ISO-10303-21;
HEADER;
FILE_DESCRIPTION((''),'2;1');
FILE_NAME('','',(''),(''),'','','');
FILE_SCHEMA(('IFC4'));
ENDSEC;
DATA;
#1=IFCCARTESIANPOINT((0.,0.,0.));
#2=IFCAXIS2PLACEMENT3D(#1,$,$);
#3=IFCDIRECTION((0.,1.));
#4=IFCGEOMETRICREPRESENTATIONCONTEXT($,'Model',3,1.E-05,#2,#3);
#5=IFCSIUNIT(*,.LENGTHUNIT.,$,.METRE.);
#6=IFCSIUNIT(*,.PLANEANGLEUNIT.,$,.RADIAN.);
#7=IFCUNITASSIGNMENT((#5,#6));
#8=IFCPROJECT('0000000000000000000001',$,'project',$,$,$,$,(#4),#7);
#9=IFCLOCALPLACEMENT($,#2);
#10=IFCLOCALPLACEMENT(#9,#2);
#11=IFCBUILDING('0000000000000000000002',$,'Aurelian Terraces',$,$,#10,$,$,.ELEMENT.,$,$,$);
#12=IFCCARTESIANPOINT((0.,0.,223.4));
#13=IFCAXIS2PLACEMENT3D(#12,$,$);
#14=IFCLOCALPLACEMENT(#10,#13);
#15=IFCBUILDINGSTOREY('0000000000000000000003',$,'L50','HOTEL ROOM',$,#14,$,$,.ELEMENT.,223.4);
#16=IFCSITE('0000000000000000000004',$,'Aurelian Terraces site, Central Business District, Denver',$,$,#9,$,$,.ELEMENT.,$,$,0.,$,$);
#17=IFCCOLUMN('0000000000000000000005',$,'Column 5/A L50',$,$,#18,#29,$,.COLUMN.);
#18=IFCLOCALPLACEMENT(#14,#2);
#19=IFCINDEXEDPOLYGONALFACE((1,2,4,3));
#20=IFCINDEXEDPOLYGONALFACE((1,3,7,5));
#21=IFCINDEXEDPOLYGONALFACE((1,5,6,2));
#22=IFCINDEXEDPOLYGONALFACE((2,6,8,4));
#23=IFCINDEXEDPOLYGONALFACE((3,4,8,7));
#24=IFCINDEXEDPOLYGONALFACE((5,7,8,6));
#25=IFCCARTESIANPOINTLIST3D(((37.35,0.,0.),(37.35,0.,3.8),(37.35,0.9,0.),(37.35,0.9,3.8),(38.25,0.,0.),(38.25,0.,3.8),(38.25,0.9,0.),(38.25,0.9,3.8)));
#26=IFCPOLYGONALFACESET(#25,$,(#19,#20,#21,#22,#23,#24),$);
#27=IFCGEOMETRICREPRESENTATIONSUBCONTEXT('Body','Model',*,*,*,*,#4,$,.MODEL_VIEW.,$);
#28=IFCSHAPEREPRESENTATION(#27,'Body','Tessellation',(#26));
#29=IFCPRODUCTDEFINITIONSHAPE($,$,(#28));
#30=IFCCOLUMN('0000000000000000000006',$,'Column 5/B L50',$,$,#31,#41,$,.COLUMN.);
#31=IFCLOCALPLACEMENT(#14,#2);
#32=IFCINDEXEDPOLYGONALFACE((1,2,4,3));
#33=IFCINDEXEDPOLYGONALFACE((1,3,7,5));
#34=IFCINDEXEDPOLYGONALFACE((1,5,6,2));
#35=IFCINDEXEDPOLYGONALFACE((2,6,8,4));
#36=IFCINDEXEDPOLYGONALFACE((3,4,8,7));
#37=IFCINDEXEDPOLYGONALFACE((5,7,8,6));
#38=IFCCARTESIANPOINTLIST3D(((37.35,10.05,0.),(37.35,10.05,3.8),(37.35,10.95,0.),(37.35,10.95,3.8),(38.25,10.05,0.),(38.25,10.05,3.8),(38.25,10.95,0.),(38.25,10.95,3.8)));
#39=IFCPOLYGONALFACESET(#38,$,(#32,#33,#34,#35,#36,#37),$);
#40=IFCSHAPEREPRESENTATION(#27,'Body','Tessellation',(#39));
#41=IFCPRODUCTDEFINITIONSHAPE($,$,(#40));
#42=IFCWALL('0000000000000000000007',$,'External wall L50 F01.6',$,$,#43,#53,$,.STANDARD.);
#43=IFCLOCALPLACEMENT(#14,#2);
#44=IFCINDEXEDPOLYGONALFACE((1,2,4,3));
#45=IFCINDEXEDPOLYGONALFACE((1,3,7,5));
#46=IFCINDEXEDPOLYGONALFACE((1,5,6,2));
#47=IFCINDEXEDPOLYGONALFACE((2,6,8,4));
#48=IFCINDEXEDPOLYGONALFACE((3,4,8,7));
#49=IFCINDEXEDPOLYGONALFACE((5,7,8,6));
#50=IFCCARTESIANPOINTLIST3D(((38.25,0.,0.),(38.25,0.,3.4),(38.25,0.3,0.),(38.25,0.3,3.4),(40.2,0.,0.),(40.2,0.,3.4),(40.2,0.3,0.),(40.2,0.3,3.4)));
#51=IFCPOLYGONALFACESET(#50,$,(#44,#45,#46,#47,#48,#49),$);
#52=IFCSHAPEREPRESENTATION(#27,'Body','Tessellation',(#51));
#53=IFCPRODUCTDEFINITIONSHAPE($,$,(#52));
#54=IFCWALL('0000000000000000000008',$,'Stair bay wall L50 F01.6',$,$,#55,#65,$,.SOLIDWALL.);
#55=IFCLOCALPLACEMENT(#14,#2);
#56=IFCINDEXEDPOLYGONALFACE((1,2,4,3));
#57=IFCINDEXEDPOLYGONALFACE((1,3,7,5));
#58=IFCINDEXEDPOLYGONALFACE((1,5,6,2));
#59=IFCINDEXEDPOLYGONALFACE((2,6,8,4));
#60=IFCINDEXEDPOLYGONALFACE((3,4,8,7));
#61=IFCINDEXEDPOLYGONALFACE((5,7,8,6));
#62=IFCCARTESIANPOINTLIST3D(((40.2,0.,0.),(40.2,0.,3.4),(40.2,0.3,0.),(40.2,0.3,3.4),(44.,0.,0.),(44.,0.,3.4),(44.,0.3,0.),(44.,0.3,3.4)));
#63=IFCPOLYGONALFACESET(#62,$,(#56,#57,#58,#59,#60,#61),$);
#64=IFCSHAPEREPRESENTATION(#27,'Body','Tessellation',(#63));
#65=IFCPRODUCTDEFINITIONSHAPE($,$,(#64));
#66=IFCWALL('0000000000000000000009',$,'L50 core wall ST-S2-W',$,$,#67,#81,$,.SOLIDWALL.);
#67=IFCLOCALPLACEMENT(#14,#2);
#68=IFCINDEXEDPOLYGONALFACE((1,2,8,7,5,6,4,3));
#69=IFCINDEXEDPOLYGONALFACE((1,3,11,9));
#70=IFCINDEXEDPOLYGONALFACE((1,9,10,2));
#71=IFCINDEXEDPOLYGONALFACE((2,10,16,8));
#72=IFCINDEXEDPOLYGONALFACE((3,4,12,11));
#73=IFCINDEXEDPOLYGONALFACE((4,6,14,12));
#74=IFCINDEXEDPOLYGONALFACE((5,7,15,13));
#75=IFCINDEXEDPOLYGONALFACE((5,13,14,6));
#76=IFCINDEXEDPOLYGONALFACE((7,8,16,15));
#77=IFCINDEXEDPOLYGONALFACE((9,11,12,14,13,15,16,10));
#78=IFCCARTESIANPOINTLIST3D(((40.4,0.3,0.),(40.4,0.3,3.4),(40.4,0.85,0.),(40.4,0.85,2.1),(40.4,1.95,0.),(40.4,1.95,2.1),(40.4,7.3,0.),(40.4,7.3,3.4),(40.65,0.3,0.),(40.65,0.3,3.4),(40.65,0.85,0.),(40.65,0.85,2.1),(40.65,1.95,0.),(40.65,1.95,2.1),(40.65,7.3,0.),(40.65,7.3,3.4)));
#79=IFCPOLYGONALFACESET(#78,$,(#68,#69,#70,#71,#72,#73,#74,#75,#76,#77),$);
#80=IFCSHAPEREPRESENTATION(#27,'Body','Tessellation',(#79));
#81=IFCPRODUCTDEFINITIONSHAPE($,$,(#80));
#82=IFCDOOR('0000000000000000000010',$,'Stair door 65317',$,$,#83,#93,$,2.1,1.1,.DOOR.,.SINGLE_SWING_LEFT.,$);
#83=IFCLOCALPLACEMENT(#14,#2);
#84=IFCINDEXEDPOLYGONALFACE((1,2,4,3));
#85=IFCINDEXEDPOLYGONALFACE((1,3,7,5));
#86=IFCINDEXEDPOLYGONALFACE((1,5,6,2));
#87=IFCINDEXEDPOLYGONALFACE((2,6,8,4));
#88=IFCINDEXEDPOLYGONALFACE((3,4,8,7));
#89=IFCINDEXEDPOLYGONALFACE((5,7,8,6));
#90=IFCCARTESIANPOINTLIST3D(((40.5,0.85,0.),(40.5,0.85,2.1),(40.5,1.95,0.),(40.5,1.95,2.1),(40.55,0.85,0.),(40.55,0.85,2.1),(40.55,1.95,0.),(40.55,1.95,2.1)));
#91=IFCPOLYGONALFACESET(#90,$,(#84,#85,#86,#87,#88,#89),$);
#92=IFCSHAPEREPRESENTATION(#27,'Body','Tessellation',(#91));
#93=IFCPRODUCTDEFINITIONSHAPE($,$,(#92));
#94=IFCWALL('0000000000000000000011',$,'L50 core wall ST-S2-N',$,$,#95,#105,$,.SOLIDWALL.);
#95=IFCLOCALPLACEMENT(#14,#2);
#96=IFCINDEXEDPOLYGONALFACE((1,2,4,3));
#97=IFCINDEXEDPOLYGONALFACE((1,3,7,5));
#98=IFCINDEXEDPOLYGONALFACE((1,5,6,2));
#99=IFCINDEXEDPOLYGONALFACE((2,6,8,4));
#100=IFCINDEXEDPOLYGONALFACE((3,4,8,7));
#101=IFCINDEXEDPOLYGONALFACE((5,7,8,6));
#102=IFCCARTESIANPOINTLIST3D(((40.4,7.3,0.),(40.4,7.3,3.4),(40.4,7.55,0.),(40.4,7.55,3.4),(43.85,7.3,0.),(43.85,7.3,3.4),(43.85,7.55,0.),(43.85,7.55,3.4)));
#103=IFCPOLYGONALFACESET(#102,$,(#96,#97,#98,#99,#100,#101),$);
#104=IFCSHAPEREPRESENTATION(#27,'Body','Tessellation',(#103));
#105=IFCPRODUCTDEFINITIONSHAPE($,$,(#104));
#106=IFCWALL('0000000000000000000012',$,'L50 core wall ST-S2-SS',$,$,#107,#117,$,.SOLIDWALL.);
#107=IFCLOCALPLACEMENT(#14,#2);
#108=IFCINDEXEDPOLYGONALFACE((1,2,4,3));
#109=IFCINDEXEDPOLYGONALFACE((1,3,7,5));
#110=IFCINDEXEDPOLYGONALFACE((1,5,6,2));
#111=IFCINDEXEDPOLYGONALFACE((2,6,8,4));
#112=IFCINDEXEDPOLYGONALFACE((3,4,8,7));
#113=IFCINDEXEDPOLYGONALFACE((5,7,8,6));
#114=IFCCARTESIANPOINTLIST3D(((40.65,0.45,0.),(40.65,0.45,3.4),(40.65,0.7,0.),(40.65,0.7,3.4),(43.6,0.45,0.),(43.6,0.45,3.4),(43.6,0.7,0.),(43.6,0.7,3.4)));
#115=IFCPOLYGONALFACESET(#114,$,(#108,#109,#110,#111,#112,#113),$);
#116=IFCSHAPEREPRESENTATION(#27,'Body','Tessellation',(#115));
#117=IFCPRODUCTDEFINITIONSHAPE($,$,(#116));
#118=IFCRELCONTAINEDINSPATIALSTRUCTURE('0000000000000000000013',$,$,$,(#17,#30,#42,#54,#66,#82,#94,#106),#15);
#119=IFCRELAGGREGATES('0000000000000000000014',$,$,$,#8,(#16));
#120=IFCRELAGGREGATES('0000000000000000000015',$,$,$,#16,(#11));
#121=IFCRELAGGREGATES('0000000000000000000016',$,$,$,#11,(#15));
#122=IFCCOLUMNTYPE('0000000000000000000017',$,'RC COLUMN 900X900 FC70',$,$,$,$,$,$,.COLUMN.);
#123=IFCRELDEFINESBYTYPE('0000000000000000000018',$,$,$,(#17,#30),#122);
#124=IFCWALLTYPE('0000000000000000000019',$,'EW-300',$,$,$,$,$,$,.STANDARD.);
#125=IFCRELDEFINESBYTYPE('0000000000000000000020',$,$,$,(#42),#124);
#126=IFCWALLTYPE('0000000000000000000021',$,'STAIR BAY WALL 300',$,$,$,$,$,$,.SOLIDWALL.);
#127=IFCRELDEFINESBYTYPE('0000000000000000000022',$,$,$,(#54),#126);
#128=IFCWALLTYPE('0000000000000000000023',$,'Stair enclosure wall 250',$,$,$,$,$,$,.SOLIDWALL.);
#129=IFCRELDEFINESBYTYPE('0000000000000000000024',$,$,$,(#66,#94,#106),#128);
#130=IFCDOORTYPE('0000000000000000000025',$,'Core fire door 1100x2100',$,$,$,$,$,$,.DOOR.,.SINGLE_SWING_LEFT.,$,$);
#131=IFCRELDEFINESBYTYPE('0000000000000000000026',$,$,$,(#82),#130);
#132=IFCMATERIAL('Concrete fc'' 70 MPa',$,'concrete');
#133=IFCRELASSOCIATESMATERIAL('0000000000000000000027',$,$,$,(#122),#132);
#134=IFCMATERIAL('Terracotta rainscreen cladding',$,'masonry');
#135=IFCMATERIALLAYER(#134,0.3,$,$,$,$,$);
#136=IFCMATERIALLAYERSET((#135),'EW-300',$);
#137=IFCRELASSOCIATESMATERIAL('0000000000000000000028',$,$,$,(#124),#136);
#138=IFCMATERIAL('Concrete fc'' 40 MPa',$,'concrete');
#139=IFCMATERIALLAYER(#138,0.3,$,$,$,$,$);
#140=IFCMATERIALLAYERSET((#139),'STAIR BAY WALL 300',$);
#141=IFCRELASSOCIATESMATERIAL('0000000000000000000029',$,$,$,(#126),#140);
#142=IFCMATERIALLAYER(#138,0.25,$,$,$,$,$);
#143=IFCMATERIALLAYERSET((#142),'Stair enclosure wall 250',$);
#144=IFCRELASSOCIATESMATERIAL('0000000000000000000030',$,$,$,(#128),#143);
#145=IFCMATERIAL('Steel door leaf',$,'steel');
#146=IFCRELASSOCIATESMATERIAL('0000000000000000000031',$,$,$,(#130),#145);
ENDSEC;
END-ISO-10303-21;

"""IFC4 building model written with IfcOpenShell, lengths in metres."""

from ifc_helpers import new_model, si_unit, direction, frame, frame_2d, origin, origin_2d, place, context, subcontext, project, spatial, rectangle, extrude, source, transform, mapped, material, layer, layer_set, material_profile, profile_set, type_object, element, fill, save


model = new_model("IFC4")

# Units and contexts
model_context = context("Model", 3, precision=1e-05, world=origin(), true_north=direction((0.0, 1.0)))
body_context = subcontext(model_context, "Body", "Model", "MODEL_VIEW")
ifc_project = project(units=[si_unit("LENGTHUNIT", "METRE"), si_unit("PLANEANGLEUNIT", "RADIAN")], contexts=[model_context])

# Site, building, storey
site_placement = place(None, origin())
site = spatial("IfcSite", under=ifc_project, at=site_placement, Name="Aurelian Terraces site, Central Business District, Denver", CompositionType="ELEMENT", RefElevation=0.0)
building_placement = place(site_placement, origin())
building = spatial("IfcBuilding", under=site, at=building_placement, Name="Aurelian Terraces", CompositionType="ELEMENT")
storey_placement = place(building_placement, frame((0.0, 0.0, 223.4)))
storey = spatial("IfcBuildingStorey", under=building, at=storey_placement, Name="L50", Description="HOTEL ROOM", CompositionType="ELEMENT", Elevation=223.4)

# Columns
ifc_material_1 = material(Name="Concrete fc' 70 MPa", Category="concrete")
ifc_material_profile = material_profile(ifc_material_1, rectangle(XDim=0.9, YDim=0.9, at=origin_2d()))
ifc_profile_set = profile_set([ifc_material_profile], Name="Concrete fc' 70 MPa")
column_type = type_object("IfcColumnType", Name="RC COLUMN 900X900 FC70", PredefinedType="COLUMN", material=ifc_profile_set)
shared_shape_1 = source(origin(), body_context, "Body", "SweptSolid", [
    extrude(rectangle(XDim=0.9, YDim=0.9, at=origin_2d()), origin(), (0.0, 0.0, 1.0), 3.8),
])
for number, where, z_axis, x_axis, name in (
    (1, (37.8, 0.45, 0.0), (0.0, 0.0, 1.0), (1.0, 0.0, 0.0), "Column 5/A L50"),
    (2, (37.8, 10.5, 0.0), (0.0, 0.0, 1.0), (1.0, 0.0, 0.0), "Column 5/B L50"),
):
    element("IfcColumn", number, at=place(storey_placement, frame(where, z_axis=z_axis, x_axis=x_axis)), inside=storey, type_object=column_type, Name=name, PredefinedType="COLUMN", context=body_context, shape_type="MappedRepresentation", body=[
        mapped(shared_shape_1, transform((0.0, 0.0, 0.0), scale=1.0)),
    ])

# Walls
ifc_material_2 = material(Name="Terracotta rainscreen cladding", Category="masonry")
ifc_layer_1 = layer(ifc_material_2, 0.3)
ifc_layer_set_1 = layer_set([ifc_layer_1], Name="EW-300")
wall_type_1 = type_object("IfcWallType", Name="EW-300", PredefinedType="STANDARD", material=ifc_layer_set_1)
shared_shape_2 = source(origin(), body_context, "Body", "SweptSolid", [
    extrude(rectangle(XDim=1.95, YDim=0.3, at=frame_2d((0.975, 0.0))), origin(), (0.0, 0.0, 1.0), 3.4),
])
wall_1_placement = place(storey_placement, frame((38.25, 0.15, 0.0), z_axis=(0.0, 0.0, 1.0), x_axis=(1.0, 0.0, 0.0)))
element("IfcWall", 3, at=wall_1_placement, inside=storey, type_object=wall_type_1, Name="External wall L50 F01.6", PredefinedType="STANDARD", context=body_context, shape_type="MappedRepresentation", body=[
    mapped(shared_shape_2, transform((0.0, 0.0, 0.0), scale=1.0)),
])
ifc_material_3 = material(Name="Concrete fc' 40 MPa", Category="concrete")
ifc_layer_2 = layer(ifc_material_3, 0.3)
ifc_layer_set_2 = layer_set([ifc_layer_2], Name="STAIR BAY WALL 300")
wall_type_2 = type_object("IfcWallType", Name="STAIR BAY WALL 300", PredefinedType="SOLIDWALL", material=ifc_layer_set_2)
shared_shape_3 = source(origin(), body_context, "Body", "SweptSolid", [
    extrude(rectangle(XDim=3.8, YDim=0.3, at=frame_2d((1.9, 0.0))), origin(), (0.0, 0.0, 1.0), 3.4),
])
wall_2_placement = place(storey_placement, frame((40.2, 0.15, 0.0), z_axis=(0.0, 0.0, 1.0), x_axis=(1.0, 0.0, 0.0)))
element("IfcWall", 4, at=wall_2_placement, inside=storey, type_object=wall_type_2, Name="Stair bay wall L50 F01.6", PredefinedType="SOLIDWALL", context=body_context, shape_type="MappedRepresentation", body=[
    mapped(shared_shape_3, transform((0.0, 0.0, 0.0), scale=1.0)),
])

# Wall, opening, door
ifc_layer_3 = layer(ifc_material_3, 0.25)
ifc_layer_set_3 = layer_set([ifc_layer_3], Name="Stair enclosure wall 250")
wall_type_3 = type_object("IfcWallType", Name="Stair enclosure wall 250", PredefinedType="SOLIDWALL", material=ifc_layer_set_3)
shared_shape_4 = source(origin(), body_context, "Body", "SweptSolid", [
    extrude(rectangle(XDim=7.0, YDim=0.25, at=frame_2d((3.5, 0.0))), origin(), (0.0, 0.0, 1.0), 3.4),
])
wall_3_placement = place(storey_placement, frame((40.525, 0.3, 0.0), z_axis=(0.0, 0.0, 1.0), x_axis=(0.0, 1.0, 0.0)))
wall_3 = element("IfcWall", 5, at=wall_3_placement, inside=storey, type_object=wall_type_3, Name="L50 core wall ST-S2-W", PredefinedType="SOLIDWALL", context=body_context, shape_type="MappedRepresentation", body=[
    mapped(shared_shape_4, transform((0.0, 0.0, 0.0), scale=1.0)),
])
shared_shape_5 = source(origin(), body_context, "Body", "SweptSolid", [
    extrude(rectangle(XDim=1.1, YDim=2.1, at=frame_2d((0.55, 1.05))), frame((0.0, 0.135, 0.0), z_axis=(0.0, -1.0, 0.0), x_axis=(1.0, 0.0, 0.0)), (0.0, 0.0, 1.0), 0.27),
])
opening_1_placement = place(wall_3_placement, frame((0.55, 0.0, 0.0)))
opening_1 = element("IfcOpeningElement", 6, at=opening_1_placement, cuts=wall_3, PredefinedType="OPENING", context=body_context, shape_type="MappedRepresentation", body=[
    mapped(shared_shape_5, transform((0.0, 0.0, 0.0), scale=1.0)),
])
ifc_material_4 = material(Name="Steel door leaf", Category="steel")
door_type_1 = type_object("IfcDoorType", Name="Core fire door 1100x2100", OperationType="SINGLE_SWING_LEFT", PredefinedType="DOOR", material=ifc_material_4)
shared_shape_6 = source(origin(), body_context, "Body", "SweptSolid", [
    extrude(rectangle(XDim=1.1, YDim=2.1, at=frame_2d((0.55, 1.05))), frame((0.0, 0.025, 0.0), z_axis=(0.0, -1.0, 0.0), x_axis=(1.0, 0.0, 0.0)), (0.0, 0.0, 1.0), 0.05),
])
door_1_placement = place(opening_1_placement, origin())
door_1 = element("IfcDoor", 7, at=door_1_placement, inside=storey, type_object=door_type_1, Name="Stair door 65317", OperationType="SINGLE_SWING_LEFT", OverallHeight=2.1, OverallWidth=1.1, PredefinedType="DOOR", context=body_context, shape_type="MappedRepresentation", body=[
    mapped(shared_shape_6, transform((0.0, 0.0, 0.0), scale=1.0)),
])
fill(opening_1, door_1)

# Walls
shared_shape_7 = source(origin(), body_context, "Body", "SweptSolid", [
    extrude(rectangle(XDim=3.45, YDim=0.25, at=frame_2d((1.725, 0.0))), origin(), (0.0, 0.0, 1.0), 3.4),
])
wall_4_placement = place(storey_placement, frame((40.4, 7.425, 0.0), z_axis=(0.0, 0.0, 1.0), x_axis=(1.0, 0.0, 0.0)))
element("IfcWall", 8, at=wall_4_placement, inside=storey, type_object=wall_type_3, Name="L50 core wall ST-S2-N", PredefinedType="SOLIDWALL", context=body_context, shape_type="MappedRepresentation", body=[
    mapped(shared_shape_7, transform((0.0, 0.0, 0.0), scale=1.0)),
])
shared_shape_8 = source(origin(), body_context, "Body", "SweptSolid", [
    extrude(rectangle(XDim=2.95, YDim=0.25, at=frame_2d((1.475, 0.0))), origin(), (0.0, 0.0, 1.0), 3.4),
])
wall_5_placement = place(storey_placement, frame((40.65, 0.575, 0.0), z_axis=(0.0, 0.0, 1.0), x_axis=(1.0, 0.0, 0.0)))
element("IfcWall", 9, at=wall_5_placement, inside=storey, type_object=wall_type_3, Name="L50 core wall ST-S2-SS", PredefinedType="SOLIDWALL", context=body_context, shape_type="MappedRepresentation", body=[
    mapped(shared_shape_8, transform((0.0, 0.0, 0.0), scale=1.0)),
])

save(model, "model.ifc")
